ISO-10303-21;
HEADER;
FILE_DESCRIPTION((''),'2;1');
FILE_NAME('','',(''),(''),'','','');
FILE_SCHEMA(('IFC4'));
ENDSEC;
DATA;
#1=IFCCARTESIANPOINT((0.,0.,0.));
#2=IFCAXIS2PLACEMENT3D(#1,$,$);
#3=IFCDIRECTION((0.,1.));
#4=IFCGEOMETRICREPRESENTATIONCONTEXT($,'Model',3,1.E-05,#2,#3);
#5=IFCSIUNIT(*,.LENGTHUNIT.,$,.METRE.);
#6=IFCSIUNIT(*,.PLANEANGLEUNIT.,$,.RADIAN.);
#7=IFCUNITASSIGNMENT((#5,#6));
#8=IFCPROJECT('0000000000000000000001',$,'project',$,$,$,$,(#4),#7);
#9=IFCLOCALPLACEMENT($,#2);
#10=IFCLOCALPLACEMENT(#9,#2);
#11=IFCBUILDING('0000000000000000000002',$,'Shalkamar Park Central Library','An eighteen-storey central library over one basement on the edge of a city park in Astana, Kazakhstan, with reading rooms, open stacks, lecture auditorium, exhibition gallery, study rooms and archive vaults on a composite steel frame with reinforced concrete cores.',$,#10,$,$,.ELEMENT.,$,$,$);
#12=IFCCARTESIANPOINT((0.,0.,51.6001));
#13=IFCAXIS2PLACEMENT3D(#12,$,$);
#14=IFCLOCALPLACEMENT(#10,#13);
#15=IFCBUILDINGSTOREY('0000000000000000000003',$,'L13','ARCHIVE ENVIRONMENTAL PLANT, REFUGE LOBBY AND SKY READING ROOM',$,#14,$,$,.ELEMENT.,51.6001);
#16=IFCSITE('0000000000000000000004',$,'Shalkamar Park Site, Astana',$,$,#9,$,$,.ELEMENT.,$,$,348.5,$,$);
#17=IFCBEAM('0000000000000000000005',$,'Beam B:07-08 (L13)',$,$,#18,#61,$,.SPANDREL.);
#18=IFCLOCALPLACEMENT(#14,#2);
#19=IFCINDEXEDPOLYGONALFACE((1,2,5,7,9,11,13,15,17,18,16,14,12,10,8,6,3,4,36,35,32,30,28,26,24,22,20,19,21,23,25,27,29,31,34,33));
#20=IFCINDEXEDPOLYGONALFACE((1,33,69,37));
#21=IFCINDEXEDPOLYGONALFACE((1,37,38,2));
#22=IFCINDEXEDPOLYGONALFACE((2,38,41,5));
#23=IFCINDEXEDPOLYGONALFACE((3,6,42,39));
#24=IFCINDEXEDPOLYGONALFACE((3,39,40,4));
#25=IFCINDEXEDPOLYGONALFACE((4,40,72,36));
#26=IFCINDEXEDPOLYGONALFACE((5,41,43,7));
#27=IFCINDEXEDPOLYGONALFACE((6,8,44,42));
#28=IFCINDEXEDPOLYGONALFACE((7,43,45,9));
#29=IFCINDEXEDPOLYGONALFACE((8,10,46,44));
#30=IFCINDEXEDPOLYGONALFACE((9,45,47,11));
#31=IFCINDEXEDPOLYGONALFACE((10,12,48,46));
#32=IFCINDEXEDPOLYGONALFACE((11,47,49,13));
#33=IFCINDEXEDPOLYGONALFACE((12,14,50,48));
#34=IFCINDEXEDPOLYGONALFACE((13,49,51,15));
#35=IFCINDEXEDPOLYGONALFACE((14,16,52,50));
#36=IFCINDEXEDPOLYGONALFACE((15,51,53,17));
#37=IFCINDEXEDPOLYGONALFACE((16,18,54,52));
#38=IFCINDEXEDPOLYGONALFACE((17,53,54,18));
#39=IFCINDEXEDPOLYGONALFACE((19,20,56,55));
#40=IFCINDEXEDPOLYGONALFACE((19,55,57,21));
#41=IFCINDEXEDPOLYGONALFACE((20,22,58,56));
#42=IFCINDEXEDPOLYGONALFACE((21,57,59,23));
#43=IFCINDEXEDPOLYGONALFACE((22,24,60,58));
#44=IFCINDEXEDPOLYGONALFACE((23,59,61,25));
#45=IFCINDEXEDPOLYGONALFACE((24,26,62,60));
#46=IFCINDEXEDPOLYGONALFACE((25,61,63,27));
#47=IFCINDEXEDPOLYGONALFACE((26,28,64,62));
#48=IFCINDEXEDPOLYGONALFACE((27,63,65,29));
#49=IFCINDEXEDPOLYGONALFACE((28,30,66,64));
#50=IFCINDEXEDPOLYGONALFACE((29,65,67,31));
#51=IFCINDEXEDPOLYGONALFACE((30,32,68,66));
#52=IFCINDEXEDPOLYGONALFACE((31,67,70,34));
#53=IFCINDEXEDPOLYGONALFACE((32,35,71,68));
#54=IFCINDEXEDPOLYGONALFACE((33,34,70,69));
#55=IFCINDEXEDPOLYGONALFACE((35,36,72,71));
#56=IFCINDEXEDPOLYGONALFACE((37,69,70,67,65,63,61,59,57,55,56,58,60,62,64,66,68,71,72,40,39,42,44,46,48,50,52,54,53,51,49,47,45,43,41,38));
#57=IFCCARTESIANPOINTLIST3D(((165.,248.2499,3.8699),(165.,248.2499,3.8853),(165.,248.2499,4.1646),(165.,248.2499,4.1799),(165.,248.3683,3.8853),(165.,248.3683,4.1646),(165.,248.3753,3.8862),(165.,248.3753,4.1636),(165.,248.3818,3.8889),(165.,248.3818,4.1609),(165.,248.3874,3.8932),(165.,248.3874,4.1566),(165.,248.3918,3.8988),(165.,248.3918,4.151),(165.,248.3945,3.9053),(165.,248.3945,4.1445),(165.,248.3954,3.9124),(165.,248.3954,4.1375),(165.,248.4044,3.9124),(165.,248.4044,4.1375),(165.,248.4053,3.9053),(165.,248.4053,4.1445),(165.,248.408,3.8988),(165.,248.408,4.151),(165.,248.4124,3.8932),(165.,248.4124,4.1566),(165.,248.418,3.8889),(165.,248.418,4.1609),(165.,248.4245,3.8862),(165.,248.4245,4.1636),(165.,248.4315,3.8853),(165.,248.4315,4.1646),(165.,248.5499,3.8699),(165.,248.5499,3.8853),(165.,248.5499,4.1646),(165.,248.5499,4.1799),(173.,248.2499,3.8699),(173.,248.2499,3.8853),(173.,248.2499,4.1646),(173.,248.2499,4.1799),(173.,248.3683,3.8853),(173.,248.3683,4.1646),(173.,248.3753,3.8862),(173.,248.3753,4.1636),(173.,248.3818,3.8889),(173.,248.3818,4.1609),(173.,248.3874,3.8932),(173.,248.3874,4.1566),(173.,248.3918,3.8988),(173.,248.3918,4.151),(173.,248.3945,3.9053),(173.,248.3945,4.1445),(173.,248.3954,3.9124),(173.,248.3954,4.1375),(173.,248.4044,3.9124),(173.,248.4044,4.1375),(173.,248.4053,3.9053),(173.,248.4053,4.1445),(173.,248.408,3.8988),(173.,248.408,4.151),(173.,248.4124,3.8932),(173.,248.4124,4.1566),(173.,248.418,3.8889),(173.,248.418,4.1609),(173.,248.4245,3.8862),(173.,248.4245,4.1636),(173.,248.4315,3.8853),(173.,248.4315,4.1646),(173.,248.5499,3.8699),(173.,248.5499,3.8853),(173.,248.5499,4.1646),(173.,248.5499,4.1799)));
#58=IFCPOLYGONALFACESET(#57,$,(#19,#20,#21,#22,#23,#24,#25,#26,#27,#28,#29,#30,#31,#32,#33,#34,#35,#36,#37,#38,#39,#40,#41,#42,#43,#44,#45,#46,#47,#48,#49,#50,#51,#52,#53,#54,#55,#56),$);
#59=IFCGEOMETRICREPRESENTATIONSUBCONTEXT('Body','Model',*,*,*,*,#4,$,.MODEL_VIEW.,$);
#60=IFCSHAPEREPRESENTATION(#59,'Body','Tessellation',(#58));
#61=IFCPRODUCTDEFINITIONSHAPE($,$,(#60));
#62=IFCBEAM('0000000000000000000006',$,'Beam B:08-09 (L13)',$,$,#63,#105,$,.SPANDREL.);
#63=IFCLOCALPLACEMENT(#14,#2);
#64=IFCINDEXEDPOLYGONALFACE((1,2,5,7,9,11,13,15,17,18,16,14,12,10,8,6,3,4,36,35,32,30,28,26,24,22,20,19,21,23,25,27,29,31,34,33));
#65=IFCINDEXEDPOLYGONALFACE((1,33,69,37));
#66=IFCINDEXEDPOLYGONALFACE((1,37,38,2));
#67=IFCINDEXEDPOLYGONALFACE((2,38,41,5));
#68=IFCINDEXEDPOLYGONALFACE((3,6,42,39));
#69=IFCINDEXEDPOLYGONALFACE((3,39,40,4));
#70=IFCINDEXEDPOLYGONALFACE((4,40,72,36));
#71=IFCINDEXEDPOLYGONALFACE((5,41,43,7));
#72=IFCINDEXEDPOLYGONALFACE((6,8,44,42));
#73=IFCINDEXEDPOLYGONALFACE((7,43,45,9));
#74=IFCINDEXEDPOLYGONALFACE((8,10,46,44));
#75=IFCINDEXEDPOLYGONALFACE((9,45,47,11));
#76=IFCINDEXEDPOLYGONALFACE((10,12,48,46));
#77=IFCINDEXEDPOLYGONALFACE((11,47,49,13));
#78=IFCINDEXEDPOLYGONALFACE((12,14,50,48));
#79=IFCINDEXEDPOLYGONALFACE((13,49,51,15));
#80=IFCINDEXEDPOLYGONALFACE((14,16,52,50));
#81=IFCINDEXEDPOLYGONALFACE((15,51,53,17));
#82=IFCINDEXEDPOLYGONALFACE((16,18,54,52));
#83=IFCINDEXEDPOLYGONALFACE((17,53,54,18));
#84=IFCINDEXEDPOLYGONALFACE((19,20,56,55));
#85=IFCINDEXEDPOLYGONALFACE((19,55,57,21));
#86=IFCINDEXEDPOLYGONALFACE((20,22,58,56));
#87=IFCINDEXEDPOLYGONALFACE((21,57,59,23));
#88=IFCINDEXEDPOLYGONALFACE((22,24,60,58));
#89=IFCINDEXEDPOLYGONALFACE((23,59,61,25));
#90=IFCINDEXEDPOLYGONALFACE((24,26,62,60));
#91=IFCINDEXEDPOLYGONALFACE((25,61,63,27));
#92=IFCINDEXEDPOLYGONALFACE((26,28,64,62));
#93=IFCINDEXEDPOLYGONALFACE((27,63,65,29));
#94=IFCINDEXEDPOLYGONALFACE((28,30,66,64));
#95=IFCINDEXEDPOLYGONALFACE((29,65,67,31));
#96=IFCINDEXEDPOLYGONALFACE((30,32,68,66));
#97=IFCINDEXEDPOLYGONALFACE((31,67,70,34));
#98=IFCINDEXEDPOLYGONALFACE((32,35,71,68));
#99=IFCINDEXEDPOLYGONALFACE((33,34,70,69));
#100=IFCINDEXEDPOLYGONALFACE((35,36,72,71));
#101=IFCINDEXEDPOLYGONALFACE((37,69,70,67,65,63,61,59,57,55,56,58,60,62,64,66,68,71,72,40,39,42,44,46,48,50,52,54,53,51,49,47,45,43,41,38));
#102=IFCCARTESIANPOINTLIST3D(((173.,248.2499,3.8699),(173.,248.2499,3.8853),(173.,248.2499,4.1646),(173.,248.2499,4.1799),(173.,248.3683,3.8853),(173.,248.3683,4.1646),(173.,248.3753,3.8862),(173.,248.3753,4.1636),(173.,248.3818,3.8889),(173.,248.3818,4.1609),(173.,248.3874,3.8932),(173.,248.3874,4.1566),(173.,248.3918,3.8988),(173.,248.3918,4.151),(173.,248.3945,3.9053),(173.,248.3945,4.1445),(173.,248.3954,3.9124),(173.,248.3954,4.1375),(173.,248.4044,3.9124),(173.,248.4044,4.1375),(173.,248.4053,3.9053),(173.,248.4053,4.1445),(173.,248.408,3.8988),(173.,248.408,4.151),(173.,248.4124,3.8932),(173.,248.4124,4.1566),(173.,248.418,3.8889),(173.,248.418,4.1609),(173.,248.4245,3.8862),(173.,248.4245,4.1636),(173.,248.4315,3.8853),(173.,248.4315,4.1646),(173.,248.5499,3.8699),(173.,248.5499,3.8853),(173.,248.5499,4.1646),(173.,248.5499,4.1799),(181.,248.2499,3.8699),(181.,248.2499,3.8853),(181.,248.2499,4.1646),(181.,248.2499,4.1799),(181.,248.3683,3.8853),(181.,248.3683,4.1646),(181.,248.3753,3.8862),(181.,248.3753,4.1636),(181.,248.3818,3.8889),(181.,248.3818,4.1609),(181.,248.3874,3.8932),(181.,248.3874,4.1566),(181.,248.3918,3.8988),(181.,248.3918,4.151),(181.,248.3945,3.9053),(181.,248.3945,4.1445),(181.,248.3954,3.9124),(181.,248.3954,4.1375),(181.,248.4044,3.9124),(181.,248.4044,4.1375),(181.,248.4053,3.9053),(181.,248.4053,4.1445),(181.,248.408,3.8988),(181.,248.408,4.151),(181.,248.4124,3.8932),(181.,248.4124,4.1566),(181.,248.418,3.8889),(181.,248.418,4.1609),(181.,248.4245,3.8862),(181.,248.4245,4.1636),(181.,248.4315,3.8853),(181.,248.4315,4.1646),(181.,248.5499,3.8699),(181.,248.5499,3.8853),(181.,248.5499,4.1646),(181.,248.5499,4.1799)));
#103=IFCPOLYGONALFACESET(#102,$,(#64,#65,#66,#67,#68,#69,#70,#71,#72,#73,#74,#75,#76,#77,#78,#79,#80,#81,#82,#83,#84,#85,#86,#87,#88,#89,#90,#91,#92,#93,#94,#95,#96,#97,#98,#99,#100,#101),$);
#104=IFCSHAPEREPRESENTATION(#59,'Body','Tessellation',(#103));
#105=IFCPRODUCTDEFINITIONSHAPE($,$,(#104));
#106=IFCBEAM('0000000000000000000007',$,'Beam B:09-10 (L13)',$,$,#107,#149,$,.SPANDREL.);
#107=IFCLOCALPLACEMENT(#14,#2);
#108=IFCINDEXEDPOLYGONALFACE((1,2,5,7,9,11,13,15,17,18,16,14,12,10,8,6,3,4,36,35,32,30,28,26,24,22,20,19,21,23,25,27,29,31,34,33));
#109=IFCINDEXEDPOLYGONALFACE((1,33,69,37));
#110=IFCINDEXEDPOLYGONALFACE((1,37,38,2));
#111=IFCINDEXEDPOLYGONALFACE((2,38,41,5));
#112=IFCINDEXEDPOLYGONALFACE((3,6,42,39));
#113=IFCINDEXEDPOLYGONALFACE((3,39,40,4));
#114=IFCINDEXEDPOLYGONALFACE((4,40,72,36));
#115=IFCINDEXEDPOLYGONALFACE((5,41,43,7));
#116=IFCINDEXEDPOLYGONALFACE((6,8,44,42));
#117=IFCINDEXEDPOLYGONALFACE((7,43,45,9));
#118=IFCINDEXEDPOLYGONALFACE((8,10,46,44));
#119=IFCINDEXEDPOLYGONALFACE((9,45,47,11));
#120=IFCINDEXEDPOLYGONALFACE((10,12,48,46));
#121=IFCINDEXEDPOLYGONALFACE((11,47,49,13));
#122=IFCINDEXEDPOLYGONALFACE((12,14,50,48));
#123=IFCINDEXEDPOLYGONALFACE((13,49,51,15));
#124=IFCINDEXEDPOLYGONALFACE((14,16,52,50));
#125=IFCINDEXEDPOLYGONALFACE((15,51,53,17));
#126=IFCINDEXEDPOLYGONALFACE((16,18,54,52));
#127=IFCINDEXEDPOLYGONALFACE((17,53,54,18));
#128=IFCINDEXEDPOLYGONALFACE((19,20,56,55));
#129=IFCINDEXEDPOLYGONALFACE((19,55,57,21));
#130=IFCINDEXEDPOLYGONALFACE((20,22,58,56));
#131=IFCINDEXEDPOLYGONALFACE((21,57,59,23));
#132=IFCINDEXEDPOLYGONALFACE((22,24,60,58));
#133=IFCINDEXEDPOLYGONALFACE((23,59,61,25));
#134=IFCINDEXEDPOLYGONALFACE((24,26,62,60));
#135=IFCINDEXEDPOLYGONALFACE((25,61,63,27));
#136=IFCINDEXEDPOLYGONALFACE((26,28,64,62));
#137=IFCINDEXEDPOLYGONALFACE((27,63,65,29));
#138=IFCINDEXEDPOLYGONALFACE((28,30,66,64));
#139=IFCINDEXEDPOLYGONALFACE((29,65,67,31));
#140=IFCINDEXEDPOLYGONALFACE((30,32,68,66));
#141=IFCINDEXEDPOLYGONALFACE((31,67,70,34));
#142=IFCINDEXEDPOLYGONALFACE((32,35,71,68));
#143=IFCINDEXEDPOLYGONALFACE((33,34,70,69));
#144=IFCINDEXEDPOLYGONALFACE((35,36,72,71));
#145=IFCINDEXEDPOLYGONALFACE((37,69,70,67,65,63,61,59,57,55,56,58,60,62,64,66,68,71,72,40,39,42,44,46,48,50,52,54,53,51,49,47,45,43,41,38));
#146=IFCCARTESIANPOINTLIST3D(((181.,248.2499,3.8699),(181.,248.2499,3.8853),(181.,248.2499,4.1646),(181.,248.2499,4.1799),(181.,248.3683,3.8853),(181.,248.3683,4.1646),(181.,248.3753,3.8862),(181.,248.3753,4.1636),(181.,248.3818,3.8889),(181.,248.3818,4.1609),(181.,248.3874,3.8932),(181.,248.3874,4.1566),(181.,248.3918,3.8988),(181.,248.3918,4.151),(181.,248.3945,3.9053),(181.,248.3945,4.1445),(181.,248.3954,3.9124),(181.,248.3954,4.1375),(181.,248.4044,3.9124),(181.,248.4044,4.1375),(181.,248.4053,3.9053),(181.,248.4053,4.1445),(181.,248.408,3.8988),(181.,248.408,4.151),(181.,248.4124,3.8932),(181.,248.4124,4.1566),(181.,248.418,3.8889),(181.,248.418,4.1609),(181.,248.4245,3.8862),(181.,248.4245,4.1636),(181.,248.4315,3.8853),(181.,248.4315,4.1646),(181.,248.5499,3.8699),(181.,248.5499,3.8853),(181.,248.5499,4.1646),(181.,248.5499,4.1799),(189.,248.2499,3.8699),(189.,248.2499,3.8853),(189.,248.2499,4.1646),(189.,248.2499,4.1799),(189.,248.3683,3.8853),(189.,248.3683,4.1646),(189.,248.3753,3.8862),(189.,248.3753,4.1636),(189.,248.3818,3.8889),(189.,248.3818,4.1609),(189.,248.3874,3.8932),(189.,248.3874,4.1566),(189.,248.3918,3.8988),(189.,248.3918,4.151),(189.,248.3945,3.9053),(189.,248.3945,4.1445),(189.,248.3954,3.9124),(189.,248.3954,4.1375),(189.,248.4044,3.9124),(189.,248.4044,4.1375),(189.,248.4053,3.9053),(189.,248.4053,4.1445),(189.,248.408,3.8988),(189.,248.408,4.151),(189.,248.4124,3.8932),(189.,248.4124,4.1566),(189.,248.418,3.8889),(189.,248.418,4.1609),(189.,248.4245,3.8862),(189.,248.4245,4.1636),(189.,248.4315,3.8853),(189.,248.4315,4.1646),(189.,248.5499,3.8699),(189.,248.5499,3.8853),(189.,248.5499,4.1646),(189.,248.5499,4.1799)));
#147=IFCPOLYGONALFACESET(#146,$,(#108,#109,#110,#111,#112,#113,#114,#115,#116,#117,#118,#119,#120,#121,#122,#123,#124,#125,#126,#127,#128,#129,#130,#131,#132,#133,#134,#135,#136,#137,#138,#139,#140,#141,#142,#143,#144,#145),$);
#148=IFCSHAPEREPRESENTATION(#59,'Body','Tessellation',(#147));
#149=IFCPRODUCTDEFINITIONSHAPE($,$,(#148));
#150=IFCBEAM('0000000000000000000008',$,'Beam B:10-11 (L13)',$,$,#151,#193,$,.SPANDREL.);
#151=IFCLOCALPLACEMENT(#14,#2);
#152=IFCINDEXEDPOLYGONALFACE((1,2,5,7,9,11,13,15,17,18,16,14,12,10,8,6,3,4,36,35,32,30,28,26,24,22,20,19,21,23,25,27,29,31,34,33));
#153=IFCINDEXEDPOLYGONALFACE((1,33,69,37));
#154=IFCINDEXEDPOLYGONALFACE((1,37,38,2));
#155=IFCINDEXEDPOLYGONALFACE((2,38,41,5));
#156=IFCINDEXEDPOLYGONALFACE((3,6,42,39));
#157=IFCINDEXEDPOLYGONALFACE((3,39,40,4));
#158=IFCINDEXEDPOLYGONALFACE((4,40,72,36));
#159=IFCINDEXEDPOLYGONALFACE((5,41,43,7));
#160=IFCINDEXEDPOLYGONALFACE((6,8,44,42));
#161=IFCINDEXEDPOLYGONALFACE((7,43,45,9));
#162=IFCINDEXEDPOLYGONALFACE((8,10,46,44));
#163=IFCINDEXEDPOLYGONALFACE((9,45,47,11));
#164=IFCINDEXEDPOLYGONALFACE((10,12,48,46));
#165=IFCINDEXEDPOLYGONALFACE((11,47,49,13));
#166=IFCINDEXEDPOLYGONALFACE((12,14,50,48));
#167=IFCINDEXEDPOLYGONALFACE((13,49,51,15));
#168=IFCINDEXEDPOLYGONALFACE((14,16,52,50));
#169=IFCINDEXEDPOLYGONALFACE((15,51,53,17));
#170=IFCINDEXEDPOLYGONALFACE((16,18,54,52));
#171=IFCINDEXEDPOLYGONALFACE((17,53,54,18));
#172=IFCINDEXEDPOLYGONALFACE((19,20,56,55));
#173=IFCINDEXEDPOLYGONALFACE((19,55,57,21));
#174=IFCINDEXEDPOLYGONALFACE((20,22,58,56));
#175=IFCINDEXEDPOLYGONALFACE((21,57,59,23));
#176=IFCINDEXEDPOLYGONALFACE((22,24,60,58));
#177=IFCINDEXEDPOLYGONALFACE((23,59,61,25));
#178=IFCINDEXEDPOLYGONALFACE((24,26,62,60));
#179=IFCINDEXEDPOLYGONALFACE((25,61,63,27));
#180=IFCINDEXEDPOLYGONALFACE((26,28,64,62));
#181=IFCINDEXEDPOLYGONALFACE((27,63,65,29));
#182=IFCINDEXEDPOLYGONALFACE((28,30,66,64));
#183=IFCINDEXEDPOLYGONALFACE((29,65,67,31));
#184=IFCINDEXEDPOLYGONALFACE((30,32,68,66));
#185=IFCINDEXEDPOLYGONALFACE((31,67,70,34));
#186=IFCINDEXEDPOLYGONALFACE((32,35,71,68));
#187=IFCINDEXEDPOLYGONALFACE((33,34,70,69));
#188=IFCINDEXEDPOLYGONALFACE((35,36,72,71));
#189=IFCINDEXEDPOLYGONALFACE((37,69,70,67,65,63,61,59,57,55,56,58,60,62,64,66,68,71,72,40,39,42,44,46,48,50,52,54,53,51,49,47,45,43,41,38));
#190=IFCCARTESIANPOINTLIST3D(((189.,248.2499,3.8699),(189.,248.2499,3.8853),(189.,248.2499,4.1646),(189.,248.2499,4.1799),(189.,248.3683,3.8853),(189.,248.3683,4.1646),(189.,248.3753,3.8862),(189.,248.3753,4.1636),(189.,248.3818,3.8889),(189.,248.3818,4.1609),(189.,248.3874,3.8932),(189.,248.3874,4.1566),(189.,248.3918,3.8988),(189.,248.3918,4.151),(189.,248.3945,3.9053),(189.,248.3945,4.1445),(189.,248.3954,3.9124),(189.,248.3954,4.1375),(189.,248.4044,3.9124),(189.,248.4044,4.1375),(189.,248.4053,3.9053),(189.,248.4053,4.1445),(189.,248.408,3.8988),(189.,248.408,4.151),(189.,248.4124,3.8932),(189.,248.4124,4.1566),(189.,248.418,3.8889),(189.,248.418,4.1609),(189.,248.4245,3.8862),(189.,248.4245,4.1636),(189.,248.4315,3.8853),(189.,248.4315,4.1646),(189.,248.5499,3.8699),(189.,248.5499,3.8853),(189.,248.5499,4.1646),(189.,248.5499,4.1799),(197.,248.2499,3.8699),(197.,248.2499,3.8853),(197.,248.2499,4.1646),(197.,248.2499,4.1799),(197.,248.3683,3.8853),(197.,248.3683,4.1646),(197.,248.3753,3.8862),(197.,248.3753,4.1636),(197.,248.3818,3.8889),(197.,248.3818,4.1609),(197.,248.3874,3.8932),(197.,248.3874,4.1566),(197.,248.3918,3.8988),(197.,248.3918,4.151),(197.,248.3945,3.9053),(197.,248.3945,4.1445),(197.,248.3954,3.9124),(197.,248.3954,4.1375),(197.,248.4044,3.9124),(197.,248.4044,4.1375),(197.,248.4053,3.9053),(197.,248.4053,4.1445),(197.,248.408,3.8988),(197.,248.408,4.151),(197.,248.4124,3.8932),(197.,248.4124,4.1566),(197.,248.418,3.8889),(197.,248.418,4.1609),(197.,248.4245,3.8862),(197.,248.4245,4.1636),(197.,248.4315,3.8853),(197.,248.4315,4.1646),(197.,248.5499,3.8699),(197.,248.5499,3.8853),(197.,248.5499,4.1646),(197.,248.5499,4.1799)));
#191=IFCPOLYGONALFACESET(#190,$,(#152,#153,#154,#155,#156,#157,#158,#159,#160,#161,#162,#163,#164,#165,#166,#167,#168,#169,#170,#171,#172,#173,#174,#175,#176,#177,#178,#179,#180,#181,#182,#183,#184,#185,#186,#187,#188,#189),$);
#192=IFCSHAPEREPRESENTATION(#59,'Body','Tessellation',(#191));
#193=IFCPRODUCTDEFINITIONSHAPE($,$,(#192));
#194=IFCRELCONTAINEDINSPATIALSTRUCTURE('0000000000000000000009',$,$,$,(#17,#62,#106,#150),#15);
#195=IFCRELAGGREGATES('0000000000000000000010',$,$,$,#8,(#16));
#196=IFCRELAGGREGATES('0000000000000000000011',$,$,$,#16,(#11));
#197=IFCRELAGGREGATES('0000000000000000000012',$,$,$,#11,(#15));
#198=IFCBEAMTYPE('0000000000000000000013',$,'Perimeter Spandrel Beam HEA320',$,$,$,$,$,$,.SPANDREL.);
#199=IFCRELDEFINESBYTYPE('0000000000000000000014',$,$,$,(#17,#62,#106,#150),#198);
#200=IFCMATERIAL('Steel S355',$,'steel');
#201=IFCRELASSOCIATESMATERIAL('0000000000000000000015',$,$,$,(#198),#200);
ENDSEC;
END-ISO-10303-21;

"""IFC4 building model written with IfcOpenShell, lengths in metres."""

from ifc_helpers import new_model, si_unit, direction, frame, origin, origin_2d, place, context, subcontext, project, spatial, i_section, extrude, material, material_profile, profile_set, type_object, element, save


model = new_model("IFC4")

# Units and contexts
model_context = context("Model", 3, precision=1e-05, world=origin(), true_north=direction((0.0, 1.0)))
body_context = subcontext(model_context, "Body", "Model", "MODEL_VIEW")
ifc_project = project(units=[si_unit("LENGTHUNIT", "METRE"), si_unit("PLANEANGLEUNIT", "RADIAN")], contexts=[model_context])

# Site, building, storey
site_placement = place(None, origin())
site = spatial("IfcSite", under=ifc_project, at=site_placement, Name="Shalkamar Park Site, Astana", CompositionType="ELEMENT", RefElevation=348.5)
building_placement = place(site_placement, origin())
building = spatial("IfcBuilding", under=site, at=building_placement, Name="Shalkamar Park Central Library", Description="An eighteen-storey central library over one basement on the edge of a city park in Astana, Kazakhstan, with reading rooms, open stacks, lecture auditorium, exhibition gallery, study rooms and archive vaults on a composite steel frame with reinforced concrete cores.", CompositionType="ELEMENT")
storey_placement = place(building_placement, frame((0.0, 0.0, 51.6001)))
storey = spatial("IfcBuildingStorey", under=building, at=storey_placement, Name="L13", Description="ARCHIVE ENVIRONMENTAL PLANT, REFUGE LOBBY AND SKY READING ROOM", CompositionType="ELEMENT", Elevation=51.6001)

# Shared definitions
ifc_material_1 = material(Name="Steel S355", Category="steel")

# Beams
ifc_material_profile_1 = material_profile(ifc_material_1, i_section(OverallWidth=0.3, OverallDepth=0.3101, WebThickness=0.009, FlangeThickness=0.0154, FilletRadius=0.0271, at=origin_2d()), Name="HEA 320")
ifc_profile_set_1 = profile_set([ifc_material_profile_1], Name="Steel S355")
beam_type = type_object("IfcBeamType", Name="Perimeter Spandrel Beam HEA320", PredefinedType="SPANDREL", material=ifc_profile_set_1)
for number, where, z_axis, x_axis, name in (
    (1, (165.0, 248.3999, 4.0249), (1.0, 0.0, 0.0), (0.0, 1.0, 0.0), "Beam B:07-08 (L13)"),
    (2, (173.0, 248.3999, 4.0249), (1.0, 0.0, 0.0), (0.0, 1.0, 0.0), "Beam B:08-09 (L13)"),
    (3, (181.0, 248.3999, 4.0249), (1.0, 0.0, 0.0), (0.0, 1.0, 0.0), "Beam B:09-10 (L13)"),
    (4, (189.0, 248.3999, 4.0249), (1.0, 0.0, 0.0), (0.0, 1.0, 0.0), "Beam B:10-11 (L13)"),
):
    element("IfcBeam", number, at=place(storey_placement, frame(where, z_axis=z_axis, x_axis=x_axis)), inside=storey, type_object=beam_type, Name=name, PredefinedType="SPANDREL", context=body_context, shape_type="SweptSolid", body=[
        extrude(i_section(OverallWidth=0.3, OverallDepth=0.3101, WebThickness=0.009, FlangeThickness=0.0154, FilletRadius=0.0271, at=origin_2d()), origin(), (0.0, 0.0, 1.0), 8.0),
    ])

save(model, "model.ifc")
